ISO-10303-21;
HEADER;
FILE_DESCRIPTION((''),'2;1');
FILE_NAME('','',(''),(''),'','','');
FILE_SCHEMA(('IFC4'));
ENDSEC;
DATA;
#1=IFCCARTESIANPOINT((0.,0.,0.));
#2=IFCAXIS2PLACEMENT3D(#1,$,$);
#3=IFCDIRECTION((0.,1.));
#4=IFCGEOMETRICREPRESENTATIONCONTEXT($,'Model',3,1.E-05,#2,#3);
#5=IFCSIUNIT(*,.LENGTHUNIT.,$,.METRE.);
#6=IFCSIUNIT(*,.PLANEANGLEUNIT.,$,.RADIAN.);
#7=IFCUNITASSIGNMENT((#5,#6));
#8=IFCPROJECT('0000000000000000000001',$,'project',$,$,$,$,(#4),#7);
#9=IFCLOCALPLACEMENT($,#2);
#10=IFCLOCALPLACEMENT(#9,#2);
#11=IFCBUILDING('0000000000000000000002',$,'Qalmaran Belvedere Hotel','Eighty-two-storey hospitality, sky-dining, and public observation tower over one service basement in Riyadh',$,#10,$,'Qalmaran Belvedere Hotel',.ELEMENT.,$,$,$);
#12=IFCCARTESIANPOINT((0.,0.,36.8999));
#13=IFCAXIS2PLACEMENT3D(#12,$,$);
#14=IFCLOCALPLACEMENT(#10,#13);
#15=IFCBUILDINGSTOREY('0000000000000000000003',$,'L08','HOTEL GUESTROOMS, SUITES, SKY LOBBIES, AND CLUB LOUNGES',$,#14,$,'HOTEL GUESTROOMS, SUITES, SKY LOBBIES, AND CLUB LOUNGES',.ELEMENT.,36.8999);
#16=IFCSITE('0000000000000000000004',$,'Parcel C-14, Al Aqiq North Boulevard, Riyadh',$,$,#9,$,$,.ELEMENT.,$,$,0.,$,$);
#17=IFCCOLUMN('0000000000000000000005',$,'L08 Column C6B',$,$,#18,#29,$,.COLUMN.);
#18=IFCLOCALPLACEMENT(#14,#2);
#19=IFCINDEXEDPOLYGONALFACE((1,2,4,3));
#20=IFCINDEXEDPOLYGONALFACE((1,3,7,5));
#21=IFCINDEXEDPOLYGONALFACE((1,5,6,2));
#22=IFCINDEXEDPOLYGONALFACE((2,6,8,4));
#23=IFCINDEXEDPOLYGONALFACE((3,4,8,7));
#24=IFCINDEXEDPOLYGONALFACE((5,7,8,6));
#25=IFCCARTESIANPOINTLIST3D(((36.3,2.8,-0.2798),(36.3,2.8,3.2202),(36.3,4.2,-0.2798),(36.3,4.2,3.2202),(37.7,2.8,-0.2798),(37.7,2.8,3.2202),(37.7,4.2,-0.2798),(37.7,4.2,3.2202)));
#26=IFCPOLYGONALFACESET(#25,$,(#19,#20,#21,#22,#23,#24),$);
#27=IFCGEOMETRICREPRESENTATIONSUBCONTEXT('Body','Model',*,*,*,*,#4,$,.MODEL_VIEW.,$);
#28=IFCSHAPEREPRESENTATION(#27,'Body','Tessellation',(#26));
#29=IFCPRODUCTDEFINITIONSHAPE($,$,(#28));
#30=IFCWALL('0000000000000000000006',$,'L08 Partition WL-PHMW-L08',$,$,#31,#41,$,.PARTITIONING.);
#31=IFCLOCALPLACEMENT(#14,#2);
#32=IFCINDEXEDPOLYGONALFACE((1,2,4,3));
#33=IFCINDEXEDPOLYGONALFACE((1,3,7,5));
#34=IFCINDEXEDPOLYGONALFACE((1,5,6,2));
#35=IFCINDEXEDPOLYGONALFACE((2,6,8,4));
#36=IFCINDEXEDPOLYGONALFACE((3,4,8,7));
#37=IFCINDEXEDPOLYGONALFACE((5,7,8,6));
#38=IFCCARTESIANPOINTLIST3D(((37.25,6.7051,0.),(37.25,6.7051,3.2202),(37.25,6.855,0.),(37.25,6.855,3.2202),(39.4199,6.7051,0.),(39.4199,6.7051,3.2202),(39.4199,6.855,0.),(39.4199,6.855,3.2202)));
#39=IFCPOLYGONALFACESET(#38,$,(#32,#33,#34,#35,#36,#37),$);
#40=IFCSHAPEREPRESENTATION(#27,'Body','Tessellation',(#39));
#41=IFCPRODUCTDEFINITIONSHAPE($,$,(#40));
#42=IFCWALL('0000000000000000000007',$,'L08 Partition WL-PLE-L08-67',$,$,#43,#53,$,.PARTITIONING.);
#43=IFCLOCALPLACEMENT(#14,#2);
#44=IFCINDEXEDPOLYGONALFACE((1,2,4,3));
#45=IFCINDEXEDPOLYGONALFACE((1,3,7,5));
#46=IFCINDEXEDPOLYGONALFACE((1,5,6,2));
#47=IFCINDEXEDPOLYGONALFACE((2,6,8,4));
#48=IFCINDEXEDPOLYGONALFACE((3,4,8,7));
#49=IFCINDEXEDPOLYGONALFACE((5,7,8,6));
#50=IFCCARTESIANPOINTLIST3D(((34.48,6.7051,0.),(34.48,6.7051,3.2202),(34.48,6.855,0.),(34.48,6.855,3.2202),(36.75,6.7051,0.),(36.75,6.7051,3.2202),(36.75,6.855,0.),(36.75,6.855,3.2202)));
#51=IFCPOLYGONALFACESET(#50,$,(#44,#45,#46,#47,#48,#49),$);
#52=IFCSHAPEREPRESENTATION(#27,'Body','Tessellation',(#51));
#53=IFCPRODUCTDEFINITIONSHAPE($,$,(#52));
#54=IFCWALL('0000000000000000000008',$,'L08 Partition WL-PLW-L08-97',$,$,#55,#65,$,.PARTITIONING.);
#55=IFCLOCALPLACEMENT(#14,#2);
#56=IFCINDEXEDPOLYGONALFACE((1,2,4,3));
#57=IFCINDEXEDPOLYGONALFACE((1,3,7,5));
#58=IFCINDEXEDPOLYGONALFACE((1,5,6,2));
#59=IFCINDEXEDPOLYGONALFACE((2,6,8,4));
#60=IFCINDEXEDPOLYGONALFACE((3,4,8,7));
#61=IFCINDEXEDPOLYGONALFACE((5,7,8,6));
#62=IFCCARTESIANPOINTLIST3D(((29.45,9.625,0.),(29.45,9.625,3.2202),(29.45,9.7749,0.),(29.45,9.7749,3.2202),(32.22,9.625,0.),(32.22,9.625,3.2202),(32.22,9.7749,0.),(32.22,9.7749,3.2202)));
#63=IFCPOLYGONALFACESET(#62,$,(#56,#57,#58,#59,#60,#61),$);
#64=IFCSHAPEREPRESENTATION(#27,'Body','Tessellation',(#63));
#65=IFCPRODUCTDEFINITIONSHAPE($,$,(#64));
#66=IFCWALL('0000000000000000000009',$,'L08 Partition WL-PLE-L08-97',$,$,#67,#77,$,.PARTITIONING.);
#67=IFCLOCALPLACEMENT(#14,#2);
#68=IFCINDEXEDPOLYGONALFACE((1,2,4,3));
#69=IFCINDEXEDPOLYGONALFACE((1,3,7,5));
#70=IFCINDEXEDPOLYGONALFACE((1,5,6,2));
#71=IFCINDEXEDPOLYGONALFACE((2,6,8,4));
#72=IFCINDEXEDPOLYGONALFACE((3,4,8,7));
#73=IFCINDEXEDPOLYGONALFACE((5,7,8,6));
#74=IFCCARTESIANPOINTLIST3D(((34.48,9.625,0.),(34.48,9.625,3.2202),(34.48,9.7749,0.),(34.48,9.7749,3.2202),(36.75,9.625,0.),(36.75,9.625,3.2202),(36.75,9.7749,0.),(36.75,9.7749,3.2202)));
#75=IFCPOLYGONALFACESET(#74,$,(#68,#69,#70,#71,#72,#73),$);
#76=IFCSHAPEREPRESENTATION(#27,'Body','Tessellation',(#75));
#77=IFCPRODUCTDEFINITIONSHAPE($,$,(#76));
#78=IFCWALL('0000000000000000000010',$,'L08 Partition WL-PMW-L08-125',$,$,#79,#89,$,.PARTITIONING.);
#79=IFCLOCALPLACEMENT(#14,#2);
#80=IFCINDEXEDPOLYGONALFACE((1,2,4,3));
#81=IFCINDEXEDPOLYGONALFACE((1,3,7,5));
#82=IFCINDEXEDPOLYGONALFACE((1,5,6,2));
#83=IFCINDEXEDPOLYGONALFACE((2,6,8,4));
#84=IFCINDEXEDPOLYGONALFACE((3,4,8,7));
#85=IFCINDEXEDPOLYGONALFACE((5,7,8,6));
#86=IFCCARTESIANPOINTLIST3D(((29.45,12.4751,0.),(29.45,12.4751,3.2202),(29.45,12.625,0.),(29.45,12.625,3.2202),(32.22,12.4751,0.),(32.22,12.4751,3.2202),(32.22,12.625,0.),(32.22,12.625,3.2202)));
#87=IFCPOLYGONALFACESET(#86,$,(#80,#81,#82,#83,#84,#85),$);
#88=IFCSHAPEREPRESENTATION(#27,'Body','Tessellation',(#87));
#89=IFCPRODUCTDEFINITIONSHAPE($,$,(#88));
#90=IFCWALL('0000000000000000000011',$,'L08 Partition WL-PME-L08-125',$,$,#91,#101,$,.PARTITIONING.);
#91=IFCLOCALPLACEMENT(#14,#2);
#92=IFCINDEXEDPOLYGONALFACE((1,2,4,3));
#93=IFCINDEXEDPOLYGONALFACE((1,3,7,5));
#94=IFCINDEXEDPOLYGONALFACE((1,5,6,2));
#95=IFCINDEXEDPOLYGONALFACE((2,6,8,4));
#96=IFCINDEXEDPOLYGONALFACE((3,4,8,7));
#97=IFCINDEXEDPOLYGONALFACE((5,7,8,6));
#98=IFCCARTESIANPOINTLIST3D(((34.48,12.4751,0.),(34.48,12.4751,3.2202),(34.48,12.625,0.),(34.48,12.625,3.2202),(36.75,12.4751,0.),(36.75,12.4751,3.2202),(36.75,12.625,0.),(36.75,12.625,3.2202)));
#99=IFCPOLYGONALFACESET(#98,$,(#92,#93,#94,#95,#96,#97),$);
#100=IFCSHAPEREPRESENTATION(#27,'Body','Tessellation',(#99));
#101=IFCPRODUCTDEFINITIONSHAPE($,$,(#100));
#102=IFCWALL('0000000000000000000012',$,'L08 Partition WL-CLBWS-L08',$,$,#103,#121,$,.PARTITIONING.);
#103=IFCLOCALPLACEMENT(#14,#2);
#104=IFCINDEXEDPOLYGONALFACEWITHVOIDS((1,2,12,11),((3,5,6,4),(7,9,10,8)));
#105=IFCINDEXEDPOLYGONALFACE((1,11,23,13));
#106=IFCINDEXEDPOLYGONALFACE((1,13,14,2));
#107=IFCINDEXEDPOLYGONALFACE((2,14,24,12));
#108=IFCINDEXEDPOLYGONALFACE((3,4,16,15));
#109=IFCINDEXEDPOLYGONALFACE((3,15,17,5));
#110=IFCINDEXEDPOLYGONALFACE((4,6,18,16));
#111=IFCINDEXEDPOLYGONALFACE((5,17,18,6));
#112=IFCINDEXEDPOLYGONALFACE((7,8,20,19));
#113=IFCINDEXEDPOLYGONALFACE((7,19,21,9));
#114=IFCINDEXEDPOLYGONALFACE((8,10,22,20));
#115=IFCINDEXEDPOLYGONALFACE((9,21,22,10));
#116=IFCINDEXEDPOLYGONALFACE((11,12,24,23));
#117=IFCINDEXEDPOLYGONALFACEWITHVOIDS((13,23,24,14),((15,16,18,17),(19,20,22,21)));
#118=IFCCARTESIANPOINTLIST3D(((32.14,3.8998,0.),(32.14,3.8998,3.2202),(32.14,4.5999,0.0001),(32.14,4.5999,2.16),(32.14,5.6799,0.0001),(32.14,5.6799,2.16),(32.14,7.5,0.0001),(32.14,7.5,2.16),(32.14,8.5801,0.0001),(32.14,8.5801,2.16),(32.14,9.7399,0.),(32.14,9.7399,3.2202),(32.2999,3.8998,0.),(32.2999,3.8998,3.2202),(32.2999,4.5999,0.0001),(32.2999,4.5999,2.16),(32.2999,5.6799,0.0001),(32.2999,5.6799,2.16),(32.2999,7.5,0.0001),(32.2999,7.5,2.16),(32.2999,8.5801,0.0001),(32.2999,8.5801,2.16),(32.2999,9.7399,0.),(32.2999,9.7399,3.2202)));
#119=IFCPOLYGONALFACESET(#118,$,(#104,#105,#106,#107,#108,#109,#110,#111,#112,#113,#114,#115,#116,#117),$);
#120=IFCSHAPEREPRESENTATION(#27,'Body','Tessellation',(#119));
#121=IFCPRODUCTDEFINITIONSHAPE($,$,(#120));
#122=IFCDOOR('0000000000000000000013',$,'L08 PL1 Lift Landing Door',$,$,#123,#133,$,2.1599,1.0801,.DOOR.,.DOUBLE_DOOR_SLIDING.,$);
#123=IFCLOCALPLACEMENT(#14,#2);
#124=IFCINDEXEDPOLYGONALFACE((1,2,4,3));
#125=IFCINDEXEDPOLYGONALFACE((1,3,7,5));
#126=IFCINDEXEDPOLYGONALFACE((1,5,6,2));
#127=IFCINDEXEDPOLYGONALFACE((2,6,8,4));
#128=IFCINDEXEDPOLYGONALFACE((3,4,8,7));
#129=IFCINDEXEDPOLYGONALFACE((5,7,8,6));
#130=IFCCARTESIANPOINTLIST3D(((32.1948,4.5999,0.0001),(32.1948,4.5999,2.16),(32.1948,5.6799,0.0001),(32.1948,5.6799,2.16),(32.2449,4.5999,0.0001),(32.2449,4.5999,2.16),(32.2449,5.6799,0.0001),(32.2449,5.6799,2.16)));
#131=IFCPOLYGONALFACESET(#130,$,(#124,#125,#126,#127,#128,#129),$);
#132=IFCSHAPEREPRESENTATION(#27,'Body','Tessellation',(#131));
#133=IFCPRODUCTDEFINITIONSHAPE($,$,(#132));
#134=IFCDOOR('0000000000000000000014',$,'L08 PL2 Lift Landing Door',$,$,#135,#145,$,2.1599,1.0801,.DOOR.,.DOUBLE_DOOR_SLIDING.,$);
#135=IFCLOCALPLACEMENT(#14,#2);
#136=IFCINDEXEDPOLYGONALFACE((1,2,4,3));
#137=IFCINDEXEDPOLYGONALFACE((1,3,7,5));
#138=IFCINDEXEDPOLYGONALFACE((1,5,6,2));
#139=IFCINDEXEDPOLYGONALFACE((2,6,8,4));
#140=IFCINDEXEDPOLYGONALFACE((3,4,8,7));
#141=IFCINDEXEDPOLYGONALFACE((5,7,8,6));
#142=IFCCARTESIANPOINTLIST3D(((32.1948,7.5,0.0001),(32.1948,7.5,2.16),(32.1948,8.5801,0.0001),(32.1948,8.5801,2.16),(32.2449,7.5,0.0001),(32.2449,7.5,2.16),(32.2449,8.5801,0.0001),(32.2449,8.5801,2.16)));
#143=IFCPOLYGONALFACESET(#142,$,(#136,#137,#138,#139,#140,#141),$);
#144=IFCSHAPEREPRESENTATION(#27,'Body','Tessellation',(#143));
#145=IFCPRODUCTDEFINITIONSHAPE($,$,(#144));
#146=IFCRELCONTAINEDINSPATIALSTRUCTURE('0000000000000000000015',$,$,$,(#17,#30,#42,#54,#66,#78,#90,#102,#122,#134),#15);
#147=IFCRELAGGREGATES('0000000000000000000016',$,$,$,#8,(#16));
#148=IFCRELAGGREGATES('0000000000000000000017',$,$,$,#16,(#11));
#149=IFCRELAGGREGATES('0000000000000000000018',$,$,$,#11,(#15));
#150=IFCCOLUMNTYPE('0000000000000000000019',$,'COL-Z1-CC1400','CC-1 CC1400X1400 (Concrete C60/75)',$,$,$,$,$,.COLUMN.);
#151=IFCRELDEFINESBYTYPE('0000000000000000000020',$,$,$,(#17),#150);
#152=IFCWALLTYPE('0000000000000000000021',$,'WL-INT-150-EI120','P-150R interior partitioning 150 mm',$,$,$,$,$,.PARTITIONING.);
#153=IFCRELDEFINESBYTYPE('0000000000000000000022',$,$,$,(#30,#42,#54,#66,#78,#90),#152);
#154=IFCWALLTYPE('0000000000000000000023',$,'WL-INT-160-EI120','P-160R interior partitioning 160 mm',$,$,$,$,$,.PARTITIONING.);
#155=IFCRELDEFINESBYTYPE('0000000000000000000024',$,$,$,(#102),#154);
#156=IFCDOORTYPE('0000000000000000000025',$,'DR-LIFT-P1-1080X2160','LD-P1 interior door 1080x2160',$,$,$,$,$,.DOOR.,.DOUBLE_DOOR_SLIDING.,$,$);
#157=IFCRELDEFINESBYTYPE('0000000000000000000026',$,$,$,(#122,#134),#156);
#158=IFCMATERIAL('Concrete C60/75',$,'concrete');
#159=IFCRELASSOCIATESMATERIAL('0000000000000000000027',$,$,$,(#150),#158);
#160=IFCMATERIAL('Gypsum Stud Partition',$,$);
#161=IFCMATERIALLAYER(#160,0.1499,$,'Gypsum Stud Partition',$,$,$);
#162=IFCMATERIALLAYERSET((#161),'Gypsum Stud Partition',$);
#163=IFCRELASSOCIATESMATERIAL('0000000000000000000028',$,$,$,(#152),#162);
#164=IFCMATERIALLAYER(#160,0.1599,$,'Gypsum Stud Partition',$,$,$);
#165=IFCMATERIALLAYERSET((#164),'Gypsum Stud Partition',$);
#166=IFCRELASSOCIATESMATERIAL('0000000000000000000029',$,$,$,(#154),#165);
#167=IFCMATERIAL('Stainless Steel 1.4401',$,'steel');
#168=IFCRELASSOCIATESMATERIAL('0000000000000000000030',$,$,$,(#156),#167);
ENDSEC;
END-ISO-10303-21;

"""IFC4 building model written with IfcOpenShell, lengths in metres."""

from ifc_helpers import new_model, si_unit, direction, frame, frame_2d, origin, origin_2d, place, context, subcontext, project, spatial, rectangle, extrude, material, layer, layer_set, material_profile, profile_set, type_object, element, fill, save


model = new_model("IFC4")

# Units and contexts
model_context = context("Model", 3, precision=1e-05, world=origin(), true_north=direction((0.0, 1.0)))
body_context = subcontext(model_context, "Body", "Model", "MODEL_VIEW")
ifc_project = project(units=[si_unit("LENGTHUNIT", "METRE"), si_unit("PLANEANGLEUNIT", "RADIAN")], contexts=[model_context])

# Site, building, storey
site_placement = place(None, origin())
site = spatial("IfcSite", under=ifc_project, at=site_placement, Name="Parcel C-14, Al Aqiq North Boulevard, Riyadh", CompositionType="ELEMENT", RefElevation=0.0)
building_placement = place(site_placement, origin())
building = spatial("IfcBuilding", under=site, at=building_placement, Name="Qalmaran Belvedere Hotel", Description="Eighty-two-storey hospitality, sky-dining, and public observation tower over one service basement in Riyadh", LongName="Qalmaran Belvedere Hotel", CompositionType="ELEMENT")
storey_placement = place(building_placement, frame((0.0, 0.0, 36.8999)))
storey = spatial("IfcBuildingStorey", under=building, at=storey_placement, Name="L08", Description="HOTEL GUESTROOMS, SUITES, SKY LOBBIES, AND CLUB LOUNGES", LongName="HOTEL GUESTROOMS, SUITES, SKY LOBBIES, AND CLUB LOUNGES", CompositionType="ELEMENT", Elevation=36.8999)

# Column
ifc_material_1 = material(Name="Concrete C60/75", Category="concrete")
ifc_material_profile = material_profile(ifc_material_1, rectangle(XDim=1.3999, YDim=1.3999, at=origin_2d()), Name="CC1400X1400")
ifc_profile_set = profile_set([ifc_material_profile], Name="Concrete C60/75")
column_type = type_object("IfcColumnType", Name="COL-Z1-CC1400", Description="CC-1 CC1400X1400 (Concrete C60/75)", PredefinedType="COLUMN", material=ifc_profile_set)
column_placement = place(storey_placement, frame((37.0, 3.5, -0.2798), z_axis=(0.0, 0.0, 1.0), x_axis=(1.0, 0.0, 0.0)))
element("IfcColumn", 1, at=column_placement, inside=storey, type_object=column_type, Name="L08 Column C6B", PredefinedType="COLUMN", context=body_context, shape_type="SweptSolid", body=[
    extrude(rectangle(XDim=1.3999, YDim=1.3999, at=origin_2d()), origin(), (0.0, 0.0, 1.0), 3.5),
])

# Walls
ifc_material_2 = material(Name="Gypsum Stud Partition")
ifc_layer_1 = layer(ifc_material_2, 0.1499, Name="Gypsum Stud Partition")
ifc_layer_set_1 = layer_set([ifc_layer_1], Name="Gypsum Stud Partition")
wall_type_1 = type_object("IfcWallType", Name="WL-INT-150-EI120", Description="P-150R interior partitioning 150 mm", PredefinedType="PARTITIONING", material=ifc_layer_set_1)
wall_1_placement = place(storey_placement, frame((37.25, 6.78, 0.0), z_axis=(0.0, 0.0, 1.0), x_axis=(1.0, 0.0, 0.0)))
element("IfcWall", 2, at=wall_1_placement, inside=storey, type_object=wall_type_1, Name="L08 Partition WL-PHMW-L08", PredefinedType="PARTITIONING", context=body_context, shape_type="SweptSolid", body=[
    extrude(rectangle(XDim=2.1699, YDim=0.1499, at=frame_2d((1.085, 0.0))), origin(), (0.0, 0.0, 1.0), 3.2202),
])
wall_2_placement = place(storey_placement, frame((34.48, 6.78, 0.0), z_axis=(0.0, 0.0, 1.0), x_axis=(1.0, 0.0, 0.0)))
element("IfcWall", 3, at=wall_2_placement, inside=storey, type_object=wall_type_1, Name="L08 Partition WL-PLE-L08-67", PredefinedType="PARTITIONING", context=body_context, shape_type="SweptSolid", body=[
    extrude(rectangle(XDim=2.27, YDim=0.1499, at=frame_2d((1.135, 0.0))), origin(), (0.0, 0.0, 1.0), 3.2202),
])
wall_3_placement = place(storey_placement, frame((29.45, 9.7, 0.0), z_axis=(0.0, 0.0, 1.0), x_axis=(1.0, 0.0, 0.0)))
element("IfcWall", 4, at=wall_3_placement, inside=storey, type_object=wall_type_1, Name="L08 Partition WL-PLW-L08-97", PredefinedType="PARTITIONING", context=body_context, shape_type="SweptSolid", body=[
    extrude(rectangle(XDim=2.77, YDim=0.1499, at=frame_2d((1.385, 0.0))), origin(), (0.0, 0.0, 1.0), 3.2202),
])
wall_4_placement = place(storey_placement, frame((34.48, 9.7, 0.0), z_axis=(0.0, 0.0, 1.0), x_axis=(1.0, 0.0, 0.0)))
element("IfcWall", 5, at=wall_4_placement, inside=storey, type_object=wall_type_1, Name="L08 Partition WL-PLE-L08-97", PredefinedType="PARTITIONING", context=body_context, shape_type="SweptSolid", body=[
    extrude(rectangle(XDim=2.27, YDim=0.1499, at=frame_2d((1.135, 0.0))), origin(), (0.0, 0.0, 1.0), 3.2202),
])
wall_5_placement = place(storey_placement, frame((29.45, 12.55, 0.0), z_axis=(0.0, 0.0, 1.0), x_axis=(1.0, 0.0, 0.0)))
element("IfcWall", 6, at=wall_5_placement, inside=storey, type_object=wall_type_1, Name="L08 Partition WL-PMW-L08-125", PredefinedType="PARTITIONING", context=body_context, shape_type="SweptSolid", body=[
    extrude(rectangle(XDim=2.77, YDim=0.1499, at=frame_2d((1.385, 0.0))), origin(), (0.0, 0.0, 1.0), 3.2202),
])
wall_6_placement = place(storey_placement, frame((34.48, 12.55, 0.0), z_axis=(0.0, 0.0, 1.0), x_axis=(1.0, 0.0, 0.0)))
element("IfcWall", 7, at=wall_6_placement, inside=storey, type_object=wall_type_1, Name="L08 Partition WL-PME-L08-125", PredefinedType="PARTITIONING", context=body_context, shape_type="SweptSolid", body=[
    extrude(rectangle(XDim=2.27, YDim=0.1499, at=frame_2d((1.135, 0.0))), origin(), (0.0, 0.0, 1.0), 3.2202),
])

# Wall, openings, doors
ifc_layer_2 = layer(ifc_material_2, 0.1599, Name="Gypsum Stud Partition")
ifc_layer_set_2 = layer_set([ifc_layer_2], Name="Gypsum Stud Partition")
wall_type_2 = type_object("IfcWallType", Name="WL-INT-160-EI120", Description="P-160R interior partitioning 160 mm", PredefinedType="PARTITIONING", material=ifc_layer_set_2)
wall_7_placement = place(storey_placement, frame((32.22, 3.8999, 0.0), z_axis=(0.0, 0.0, 1.0), x_axis=(0.0, 1.0, 0.0)))
wall_7 = element("IfcWall", 8, at=wall_7_placement, inside=storey, type_object=wall_type_2, Name="L08 Partition WL-CLBWS-L08", PredefinedType="PARTITIONING", context=body_context, shape_type="SweptSolid", body=[
    extrude(rectangle(XDim=5.8401, YDim=0.1599, at=frame_2d((2.9199, 0.0))), origin(), (0.0, 0.0, 1.0), 3.2202),
])
opening_1_placement = place(wall_7_placement, frame((1.78, 0.0, 0.0), z_axis=(0.0, 0.0, 1.0), x_axis=(-1.0, 0.0, 0.0)))
opening_1 = element("IfcOpeningElement", 9, at=opening_1_placement, cuts=wall_7, PredefinedType="OPENING", context=body_context, shape_type="SweptSolid", body=[
    extrude(rectangle(XDim=1.0801, YDim=2.1599, at=frame_2d((0.54, 1.0801))), frame((0.0, 0.0898, 0.0), z_axis=(0.0, -1.0, 0.0), x_axis=(1.0, 0.0, 0.0)), (0.0, 0.0, 1.0), 0.1799),
])
opening_2_placement = place(wall_7_placement, frame((4.6802, 0.0, 0.0), z_axis=(0.0, 0.0, 1.0), x_axis=(-1.0, 0.0, 0.0)))
opening_2 = element("IfcOpeningElement", 10, at=opening_2_placement, cuts=wall_7, PredefinedType="OPENING", context=body_context, shape_type="SweptSolid", body=[
    extrude(rectangle(XDim=1.0801, YDim=2.1599, at=frame_2d((0.54, 1.0801))), frame((0.0, 0.0898, 0.0), z_axis=(0.0, -1.0, 0.0), x_axis=(1.0, 0.0, 0.0)), (0.0, 0.0, 1.0), 0.1799),
])
ifc_material_3 = material(Name="Stainless Steel 1.4401", Category="steel")
door_type_1 = type_object("IfcDoorType", Name="DR-LIFT-P1-1080X2160", Description="LD-P1 interior door 1080x2160", OperationType="DOUBLE_DOOR_SLIDING", PredefinedType="DOOR", material=ifc_material_3)
door_1_placement = place(opening_1_placement, origin())
door_1 = element("IfcDoor", 11, at=door_1_placement, inside=storey, type_object=door_type_1, Name="L08 PL1 Lift Landing Door", OperationType="DOUBLE_DOOR_SLIDING", OverallHeight=2.1599, OverallWidth=1.0801, PredefinedType="DOOR", context=body_context, shape_type="SweptSolid", body=[
    extrude(rectangle(XDim=1.0801, YDim=2.1599, at=frame_2d((0.54, 1.0801))), frame((0.0, 0.0249, 0.0), z_axis=(0.0, -1.0, 0.0), x_axis=(1.0, 0.0, 0.0)), (0.0, 0.0, 1.0), 0.05),
])
fill(opening_1, door_1)
door_2_placement = place(opening_2_placement, origin())
door_2 = element("IfcDoor", 12, at=door_2_placement, inside=storey, type_object=door_type_1, Name="L08 PL2 Lift Landing Door", OperationType="DOUBLE_DOOR_SLIDING", OverallHeight=2.1599, OverallWidth=1.0801, PredefinedType="DOOR", context=body_context, shape_type="SweptSolid", body=[
    extrude(rectangle(XDim=1.0801, YDim=2.1599, at=frame_2d((0.54, 1.0801))), frame((0.0, 0.0249, 0.0), z_axis=(0.0, -1.0, 0.0), x_axis=(1.0, 0.0, 0.0)), (0.0, 0.0, 1.0), 0.05),
])
fill(opening_2, door_2)

save(model, "model.ifc")
